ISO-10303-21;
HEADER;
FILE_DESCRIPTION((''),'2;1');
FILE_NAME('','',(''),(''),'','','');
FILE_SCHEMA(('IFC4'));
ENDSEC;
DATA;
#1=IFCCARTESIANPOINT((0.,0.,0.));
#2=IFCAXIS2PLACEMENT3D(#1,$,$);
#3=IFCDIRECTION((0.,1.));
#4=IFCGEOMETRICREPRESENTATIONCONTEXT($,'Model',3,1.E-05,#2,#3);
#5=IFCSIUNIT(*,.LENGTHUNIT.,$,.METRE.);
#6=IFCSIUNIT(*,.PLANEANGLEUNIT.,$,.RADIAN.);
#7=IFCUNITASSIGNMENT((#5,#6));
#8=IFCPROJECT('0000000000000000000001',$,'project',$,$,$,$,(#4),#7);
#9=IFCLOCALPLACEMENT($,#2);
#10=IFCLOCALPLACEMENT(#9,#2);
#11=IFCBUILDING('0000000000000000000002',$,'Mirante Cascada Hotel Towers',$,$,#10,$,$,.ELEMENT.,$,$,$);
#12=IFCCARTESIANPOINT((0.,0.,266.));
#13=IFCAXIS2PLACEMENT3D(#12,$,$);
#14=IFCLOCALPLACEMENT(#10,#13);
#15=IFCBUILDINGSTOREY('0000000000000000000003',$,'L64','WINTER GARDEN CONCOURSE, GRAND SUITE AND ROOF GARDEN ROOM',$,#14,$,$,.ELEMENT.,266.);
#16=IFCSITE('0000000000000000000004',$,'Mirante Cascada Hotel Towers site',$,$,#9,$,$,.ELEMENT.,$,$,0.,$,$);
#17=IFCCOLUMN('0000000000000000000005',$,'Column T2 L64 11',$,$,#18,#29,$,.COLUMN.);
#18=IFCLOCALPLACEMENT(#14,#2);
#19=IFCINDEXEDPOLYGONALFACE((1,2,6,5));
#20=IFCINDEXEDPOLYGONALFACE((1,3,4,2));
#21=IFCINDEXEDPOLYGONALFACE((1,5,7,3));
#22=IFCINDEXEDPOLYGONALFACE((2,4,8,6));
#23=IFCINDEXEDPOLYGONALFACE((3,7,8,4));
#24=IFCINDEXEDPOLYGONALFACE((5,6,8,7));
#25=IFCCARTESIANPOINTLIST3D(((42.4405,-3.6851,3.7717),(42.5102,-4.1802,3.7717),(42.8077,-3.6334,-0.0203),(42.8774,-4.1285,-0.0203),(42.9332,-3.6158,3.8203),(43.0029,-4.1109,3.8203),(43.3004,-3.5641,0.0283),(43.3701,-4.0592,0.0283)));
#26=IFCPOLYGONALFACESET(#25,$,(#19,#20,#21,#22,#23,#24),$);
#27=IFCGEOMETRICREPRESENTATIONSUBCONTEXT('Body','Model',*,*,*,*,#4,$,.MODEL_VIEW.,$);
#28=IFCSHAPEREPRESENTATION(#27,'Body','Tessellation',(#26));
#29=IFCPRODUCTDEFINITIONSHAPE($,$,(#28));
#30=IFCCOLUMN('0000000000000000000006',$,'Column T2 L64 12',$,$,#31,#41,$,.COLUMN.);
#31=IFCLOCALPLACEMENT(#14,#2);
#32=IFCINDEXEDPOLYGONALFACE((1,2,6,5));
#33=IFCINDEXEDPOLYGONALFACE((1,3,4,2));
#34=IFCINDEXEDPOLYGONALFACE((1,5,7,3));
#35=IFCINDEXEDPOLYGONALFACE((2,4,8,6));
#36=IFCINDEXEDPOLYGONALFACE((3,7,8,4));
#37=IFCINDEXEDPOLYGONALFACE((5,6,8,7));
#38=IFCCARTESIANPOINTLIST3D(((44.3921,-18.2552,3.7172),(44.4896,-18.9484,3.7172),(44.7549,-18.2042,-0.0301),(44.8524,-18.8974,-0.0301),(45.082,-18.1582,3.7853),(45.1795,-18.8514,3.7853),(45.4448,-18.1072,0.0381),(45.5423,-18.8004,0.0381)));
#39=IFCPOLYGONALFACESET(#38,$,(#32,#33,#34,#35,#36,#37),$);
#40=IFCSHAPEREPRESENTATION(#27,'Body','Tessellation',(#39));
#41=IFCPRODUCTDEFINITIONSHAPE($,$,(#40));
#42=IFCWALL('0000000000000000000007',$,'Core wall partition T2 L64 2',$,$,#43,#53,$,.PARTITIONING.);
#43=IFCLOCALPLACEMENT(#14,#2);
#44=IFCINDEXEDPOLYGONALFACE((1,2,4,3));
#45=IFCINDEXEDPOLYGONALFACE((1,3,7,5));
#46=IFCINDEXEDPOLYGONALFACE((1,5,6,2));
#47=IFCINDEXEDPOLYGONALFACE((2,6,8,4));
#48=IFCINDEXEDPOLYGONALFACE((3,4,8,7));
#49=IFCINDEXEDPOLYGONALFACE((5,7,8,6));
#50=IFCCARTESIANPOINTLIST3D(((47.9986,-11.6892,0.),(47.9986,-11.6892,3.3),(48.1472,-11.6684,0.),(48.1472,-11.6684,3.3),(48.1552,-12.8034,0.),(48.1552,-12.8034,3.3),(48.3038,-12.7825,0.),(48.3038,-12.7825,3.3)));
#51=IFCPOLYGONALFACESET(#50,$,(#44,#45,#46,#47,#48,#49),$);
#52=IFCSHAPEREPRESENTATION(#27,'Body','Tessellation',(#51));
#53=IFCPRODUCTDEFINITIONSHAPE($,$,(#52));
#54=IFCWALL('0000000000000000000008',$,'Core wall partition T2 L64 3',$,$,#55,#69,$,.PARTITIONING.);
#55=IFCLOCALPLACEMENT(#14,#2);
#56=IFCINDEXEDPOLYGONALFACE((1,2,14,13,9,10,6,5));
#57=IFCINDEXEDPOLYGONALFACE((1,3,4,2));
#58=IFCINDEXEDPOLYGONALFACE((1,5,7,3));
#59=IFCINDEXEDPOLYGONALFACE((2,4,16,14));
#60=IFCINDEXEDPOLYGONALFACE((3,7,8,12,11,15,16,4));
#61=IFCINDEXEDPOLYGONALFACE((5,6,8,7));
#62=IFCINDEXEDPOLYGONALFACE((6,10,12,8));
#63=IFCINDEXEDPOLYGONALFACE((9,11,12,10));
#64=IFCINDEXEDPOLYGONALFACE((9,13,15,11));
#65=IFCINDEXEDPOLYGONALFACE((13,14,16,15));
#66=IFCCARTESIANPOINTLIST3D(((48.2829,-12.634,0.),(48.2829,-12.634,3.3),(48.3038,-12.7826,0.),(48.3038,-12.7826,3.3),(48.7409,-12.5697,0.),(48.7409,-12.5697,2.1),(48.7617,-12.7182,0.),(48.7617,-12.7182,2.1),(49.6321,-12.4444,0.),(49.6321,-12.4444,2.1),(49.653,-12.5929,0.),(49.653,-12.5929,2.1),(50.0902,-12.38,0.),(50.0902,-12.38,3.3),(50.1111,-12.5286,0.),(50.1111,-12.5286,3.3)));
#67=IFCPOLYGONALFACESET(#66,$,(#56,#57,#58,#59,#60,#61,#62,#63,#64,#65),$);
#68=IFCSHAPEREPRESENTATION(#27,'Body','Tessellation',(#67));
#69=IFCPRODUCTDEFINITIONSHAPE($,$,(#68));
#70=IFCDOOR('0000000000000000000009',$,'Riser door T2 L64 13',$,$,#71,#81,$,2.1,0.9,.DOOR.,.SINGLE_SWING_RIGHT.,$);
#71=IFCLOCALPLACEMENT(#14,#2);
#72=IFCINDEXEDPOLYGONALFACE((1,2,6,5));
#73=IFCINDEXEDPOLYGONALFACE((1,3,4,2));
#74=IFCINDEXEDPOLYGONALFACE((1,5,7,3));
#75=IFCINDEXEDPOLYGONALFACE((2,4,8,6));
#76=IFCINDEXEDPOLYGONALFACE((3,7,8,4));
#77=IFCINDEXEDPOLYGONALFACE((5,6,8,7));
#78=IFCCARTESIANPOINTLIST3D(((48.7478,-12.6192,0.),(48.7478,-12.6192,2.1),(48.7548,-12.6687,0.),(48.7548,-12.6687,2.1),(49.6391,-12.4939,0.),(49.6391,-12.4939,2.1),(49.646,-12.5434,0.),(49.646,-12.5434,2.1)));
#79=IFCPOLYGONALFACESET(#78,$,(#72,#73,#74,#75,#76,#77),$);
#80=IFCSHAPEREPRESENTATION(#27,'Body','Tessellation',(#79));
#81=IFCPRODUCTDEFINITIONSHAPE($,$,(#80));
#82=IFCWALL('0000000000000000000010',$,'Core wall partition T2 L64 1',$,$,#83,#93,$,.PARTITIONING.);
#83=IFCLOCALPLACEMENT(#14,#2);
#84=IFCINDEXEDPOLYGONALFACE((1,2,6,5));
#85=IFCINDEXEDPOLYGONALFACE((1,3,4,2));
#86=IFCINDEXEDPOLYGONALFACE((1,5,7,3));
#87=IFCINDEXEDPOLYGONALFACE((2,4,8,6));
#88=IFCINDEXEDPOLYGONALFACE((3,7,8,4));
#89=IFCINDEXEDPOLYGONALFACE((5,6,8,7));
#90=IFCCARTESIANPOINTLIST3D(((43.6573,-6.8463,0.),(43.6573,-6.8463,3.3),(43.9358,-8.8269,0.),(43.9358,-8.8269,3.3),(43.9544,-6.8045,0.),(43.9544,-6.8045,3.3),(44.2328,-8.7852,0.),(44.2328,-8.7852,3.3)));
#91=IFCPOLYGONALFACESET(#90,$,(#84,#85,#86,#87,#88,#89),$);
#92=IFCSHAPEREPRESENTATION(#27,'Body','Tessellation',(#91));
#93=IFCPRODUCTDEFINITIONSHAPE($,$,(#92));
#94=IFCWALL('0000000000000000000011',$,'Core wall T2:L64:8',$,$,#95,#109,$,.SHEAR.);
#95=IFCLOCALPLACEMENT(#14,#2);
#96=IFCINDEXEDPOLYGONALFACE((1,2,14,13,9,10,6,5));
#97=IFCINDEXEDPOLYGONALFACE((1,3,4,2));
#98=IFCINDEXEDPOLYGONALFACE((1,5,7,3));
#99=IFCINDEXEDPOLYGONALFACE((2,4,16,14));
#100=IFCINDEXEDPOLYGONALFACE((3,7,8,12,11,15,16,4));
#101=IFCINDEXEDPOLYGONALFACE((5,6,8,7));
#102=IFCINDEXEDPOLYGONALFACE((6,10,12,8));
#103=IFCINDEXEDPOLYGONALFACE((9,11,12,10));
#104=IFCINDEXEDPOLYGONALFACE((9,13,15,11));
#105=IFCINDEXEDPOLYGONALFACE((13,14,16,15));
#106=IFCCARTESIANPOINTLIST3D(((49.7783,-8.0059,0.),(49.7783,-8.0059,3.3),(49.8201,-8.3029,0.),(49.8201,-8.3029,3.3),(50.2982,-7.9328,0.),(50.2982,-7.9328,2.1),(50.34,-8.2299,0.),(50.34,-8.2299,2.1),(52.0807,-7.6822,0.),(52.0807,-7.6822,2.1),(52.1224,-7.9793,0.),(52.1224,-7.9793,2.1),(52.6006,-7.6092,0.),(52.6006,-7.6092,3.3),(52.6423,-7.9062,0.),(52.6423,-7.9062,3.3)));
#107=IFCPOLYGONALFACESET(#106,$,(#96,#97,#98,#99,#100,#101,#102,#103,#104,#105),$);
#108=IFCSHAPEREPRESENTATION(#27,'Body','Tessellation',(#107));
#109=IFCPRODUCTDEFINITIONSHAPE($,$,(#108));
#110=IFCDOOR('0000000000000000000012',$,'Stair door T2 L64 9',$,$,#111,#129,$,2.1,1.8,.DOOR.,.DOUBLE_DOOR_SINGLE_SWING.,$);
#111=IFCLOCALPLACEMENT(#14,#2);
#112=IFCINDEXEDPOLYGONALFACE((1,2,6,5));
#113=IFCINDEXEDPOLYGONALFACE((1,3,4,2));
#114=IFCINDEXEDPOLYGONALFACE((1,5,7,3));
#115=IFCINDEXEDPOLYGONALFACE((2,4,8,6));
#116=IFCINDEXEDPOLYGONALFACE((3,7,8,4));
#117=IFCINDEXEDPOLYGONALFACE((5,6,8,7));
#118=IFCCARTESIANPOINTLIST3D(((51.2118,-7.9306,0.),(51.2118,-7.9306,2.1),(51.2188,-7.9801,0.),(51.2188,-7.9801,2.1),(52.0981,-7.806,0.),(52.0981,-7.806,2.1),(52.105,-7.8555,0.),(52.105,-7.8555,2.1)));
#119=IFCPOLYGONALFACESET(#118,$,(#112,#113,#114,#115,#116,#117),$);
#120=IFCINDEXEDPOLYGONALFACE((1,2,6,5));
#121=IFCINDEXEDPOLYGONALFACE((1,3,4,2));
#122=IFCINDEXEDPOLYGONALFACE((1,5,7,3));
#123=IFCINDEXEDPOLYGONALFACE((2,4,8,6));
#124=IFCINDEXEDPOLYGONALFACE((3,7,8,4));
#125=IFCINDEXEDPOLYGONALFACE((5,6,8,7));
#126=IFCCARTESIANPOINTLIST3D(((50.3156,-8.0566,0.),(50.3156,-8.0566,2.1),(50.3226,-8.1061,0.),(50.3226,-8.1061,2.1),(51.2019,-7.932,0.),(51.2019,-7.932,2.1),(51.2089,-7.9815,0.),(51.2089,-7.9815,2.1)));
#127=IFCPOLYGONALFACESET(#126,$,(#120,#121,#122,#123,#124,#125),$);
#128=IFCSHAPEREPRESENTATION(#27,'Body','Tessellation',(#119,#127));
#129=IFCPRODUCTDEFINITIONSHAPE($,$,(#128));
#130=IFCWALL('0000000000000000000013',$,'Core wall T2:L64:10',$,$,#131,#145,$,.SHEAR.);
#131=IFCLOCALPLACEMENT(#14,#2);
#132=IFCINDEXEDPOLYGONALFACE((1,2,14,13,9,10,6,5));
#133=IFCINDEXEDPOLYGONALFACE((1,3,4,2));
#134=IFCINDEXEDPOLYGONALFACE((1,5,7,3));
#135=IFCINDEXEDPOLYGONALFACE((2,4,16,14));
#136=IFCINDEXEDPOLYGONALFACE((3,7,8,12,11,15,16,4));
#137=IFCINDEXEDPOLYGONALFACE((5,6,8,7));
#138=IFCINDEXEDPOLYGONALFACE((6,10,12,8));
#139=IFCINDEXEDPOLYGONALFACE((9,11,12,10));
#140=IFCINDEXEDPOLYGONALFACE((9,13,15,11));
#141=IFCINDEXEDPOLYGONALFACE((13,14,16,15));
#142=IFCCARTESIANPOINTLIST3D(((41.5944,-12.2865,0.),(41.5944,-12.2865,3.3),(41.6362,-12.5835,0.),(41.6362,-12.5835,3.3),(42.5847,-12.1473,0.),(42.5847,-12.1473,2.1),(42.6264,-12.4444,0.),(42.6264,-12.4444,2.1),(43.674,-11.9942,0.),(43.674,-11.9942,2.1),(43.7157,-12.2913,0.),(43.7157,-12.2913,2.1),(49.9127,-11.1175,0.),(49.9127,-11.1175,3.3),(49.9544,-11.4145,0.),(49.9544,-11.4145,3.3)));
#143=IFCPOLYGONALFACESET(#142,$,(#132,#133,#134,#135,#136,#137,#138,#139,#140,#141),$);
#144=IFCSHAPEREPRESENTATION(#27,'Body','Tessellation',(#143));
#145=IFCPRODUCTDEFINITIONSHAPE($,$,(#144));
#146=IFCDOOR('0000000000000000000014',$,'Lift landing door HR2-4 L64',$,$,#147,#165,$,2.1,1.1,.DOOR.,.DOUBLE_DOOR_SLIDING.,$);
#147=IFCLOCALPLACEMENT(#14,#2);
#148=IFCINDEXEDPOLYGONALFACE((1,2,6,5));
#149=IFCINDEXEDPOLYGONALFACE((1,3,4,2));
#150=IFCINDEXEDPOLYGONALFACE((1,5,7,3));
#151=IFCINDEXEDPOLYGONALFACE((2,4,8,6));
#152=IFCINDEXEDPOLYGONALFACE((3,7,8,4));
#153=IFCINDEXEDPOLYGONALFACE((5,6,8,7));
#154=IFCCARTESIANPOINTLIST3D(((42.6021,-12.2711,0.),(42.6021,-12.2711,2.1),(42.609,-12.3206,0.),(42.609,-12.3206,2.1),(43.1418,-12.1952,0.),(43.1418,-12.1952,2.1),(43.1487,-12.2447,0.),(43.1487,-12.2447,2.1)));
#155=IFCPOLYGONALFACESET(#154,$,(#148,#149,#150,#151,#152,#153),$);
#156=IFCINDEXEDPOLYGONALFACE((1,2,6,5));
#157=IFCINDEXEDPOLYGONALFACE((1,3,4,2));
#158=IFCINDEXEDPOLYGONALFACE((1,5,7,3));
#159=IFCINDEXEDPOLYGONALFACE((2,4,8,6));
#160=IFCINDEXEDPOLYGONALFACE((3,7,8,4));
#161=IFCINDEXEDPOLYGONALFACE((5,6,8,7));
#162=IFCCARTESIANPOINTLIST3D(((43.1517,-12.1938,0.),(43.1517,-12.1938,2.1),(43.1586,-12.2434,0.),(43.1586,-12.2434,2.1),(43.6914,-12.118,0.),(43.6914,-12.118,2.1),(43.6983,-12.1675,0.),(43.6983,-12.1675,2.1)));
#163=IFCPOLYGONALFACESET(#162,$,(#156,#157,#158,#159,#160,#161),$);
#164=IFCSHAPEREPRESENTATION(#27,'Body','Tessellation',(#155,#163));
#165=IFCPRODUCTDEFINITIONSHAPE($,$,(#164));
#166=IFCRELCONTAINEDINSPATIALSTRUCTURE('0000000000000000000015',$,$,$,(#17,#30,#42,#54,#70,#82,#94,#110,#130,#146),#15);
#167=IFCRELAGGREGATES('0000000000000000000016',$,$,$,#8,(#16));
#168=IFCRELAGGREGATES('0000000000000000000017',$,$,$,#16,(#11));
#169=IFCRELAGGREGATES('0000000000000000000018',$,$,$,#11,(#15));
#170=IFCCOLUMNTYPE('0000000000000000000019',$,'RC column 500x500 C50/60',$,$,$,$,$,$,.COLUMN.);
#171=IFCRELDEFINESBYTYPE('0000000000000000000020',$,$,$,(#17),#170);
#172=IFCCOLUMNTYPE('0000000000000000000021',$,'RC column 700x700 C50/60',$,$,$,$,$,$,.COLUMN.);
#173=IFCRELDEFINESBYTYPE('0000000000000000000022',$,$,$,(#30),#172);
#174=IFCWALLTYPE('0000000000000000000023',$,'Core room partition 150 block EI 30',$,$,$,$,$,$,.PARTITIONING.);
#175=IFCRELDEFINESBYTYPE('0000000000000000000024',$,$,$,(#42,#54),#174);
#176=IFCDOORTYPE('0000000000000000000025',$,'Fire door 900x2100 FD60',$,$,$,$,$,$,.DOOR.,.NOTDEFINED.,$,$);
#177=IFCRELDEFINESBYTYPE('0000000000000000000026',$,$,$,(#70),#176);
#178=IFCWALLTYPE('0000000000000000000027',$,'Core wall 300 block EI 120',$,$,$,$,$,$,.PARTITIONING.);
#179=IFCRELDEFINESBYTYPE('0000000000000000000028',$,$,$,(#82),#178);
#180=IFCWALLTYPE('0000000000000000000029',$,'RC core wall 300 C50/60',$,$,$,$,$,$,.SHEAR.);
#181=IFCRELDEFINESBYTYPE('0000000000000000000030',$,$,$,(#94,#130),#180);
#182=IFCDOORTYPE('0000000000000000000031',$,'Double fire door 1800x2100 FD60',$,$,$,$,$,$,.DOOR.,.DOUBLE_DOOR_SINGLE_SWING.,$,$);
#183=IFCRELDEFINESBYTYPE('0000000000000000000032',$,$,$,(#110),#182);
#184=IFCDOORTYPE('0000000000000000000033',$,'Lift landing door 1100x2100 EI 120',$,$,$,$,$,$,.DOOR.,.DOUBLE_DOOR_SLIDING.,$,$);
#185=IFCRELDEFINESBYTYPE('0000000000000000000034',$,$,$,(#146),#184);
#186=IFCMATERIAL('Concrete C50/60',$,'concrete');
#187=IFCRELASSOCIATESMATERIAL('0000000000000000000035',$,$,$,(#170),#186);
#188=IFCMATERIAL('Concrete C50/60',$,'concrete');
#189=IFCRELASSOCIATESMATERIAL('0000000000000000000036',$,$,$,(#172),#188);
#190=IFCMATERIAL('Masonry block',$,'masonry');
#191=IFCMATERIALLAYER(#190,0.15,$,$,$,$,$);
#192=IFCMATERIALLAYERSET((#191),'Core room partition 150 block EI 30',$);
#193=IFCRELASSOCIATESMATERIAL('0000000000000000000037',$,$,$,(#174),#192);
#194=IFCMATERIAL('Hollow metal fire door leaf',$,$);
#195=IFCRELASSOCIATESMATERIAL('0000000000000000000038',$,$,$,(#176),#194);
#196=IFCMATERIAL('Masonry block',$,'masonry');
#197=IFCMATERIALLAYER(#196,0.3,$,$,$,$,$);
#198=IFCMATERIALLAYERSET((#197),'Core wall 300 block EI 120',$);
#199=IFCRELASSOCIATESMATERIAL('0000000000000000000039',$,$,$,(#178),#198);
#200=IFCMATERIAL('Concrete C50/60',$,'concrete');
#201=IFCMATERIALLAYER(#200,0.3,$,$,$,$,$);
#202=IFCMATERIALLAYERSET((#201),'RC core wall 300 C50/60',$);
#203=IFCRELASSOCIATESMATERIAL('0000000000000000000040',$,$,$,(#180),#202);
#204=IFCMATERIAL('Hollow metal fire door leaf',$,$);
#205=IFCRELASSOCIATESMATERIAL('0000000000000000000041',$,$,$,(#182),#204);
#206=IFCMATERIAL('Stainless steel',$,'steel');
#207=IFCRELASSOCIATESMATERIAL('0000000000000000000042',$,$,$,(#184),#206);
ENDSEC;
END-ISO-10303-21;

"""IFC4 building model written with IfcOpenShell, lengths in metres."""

from ifc_helpers import new_model, si_unit, direction, frame, frame_2d, origin, origin_2d, place, context, subcontext, project, spatial, rectangle, extrude, material, layer, layer_set, material_profile, profile_set, type_object, element, fill, save


model = new_model("IFC4")

# Units and contexts
model_context = context("Model", 3, precision=1e-05, world=origin(), true_north=direction((0.0, 1.0)))
body_context = subcontext(model_context, "Body", "Model", "MODEL_VIEW")
ifc_project = project(units=[si_unit("LENGTHUNIT", "METRE"), si_unit("PLANEANGLEUNIT", "RADIAN")], contexts=[model_context])

# Site, building, storey
site_placement = place(None, origin())
site = spatial("IfcSite", under=ifc_project, at=site_placement, Name="Mirante Cascada Hotel Towers site", CompositionType="ELEMENT", RefElevation=0.0)
building_placement = place(site_placement, origin())
building = spatial("IfcBuilding", under=site, at=building_placement, Name="Mirante Cascada Hotel Towers", CompositionType="ELEMENT")
storey_placement = place(building_placement, frame((0.0, 0.0, 266.0)))
storey = spatial("IfcBuildingStorey", under=building, at=storey_placement, Name="L64", Description="WINTER GARDEN CONCOURSE, GRAND SUITE AND ROOF GARDEN ROOM", CompositionType="ELEMENT", Elevation=266.0)

# Columns
ifc_material_1 = material(Name="Concrete C50/60", Category="concrete")
ifc_material_profile_1 = material_profile(ifc_material_1, rectangle(XDim=0.5, YDim=0.5, at=origin_2d()), Name="RC column 500x500 C50/60")
ifc_profile_set_1 = profile_set([ifc_material_profile_1], Name="Concrete C50/60")
column_type_1 = type_object("IfcColumnType", Name="RC column 500x500 C50/60", PredefinedType="COLUMN", material=ifc_profile_set_1)
column_1_placement = place(storey_placement, frame((43.0889, -3.8463, 0.004), z_axis=(-0.096376, -0.013569, 0.995252), x_axis=(0.13942, -0.990233, 0.0)))
element("IfcColumn", 1, at=column_1_placement, inside=storey, type_object=column_type_1, Name="Column T2 L64 11", PredefinedType="COLUMN", context=body_context, shape_type="SweptSolid", body=[
    extrude(rectangle(XDim=0.5, YDim=0.5, at=origin_2d()), origin(), (0.0, 0.0, 1.0), 3.8101),
])
ifc_material_2 = material(Name="Concrete C50/60", Category="concrete")
ifc_material_profile_2 = material_profile(ifc_material_2, rectangle(XDim=0.7, YDim=0.7, at=origin_2d()), Name="RC column 700x700 C50/60")
ifc_profile_set_2 = profile_set([ifc_material_profile_2], Name="Concrete C50/60")
column_type_2 = type_object("IfcColumnType", Name="RC column 700x700 C50/60", PredefinedType="COLUMN", material=ifc_profile_set_2)
column_2_placement = place(storey_placement, frame((45.1486, -18.5023, 0.004), z_axis=(-0.09636, -0.013546, 0.995254), x_axis=(0.139205, -0.990264, 0.0)))
element("IfcColumn", 2, at=column_2_placement, inside=storey, type_object=column_type_2, Name="Column T2 L64 12", PredefinedType="COLUMN", context=body_context, shape_type="SweptSolid", body=[
    extrude(rectangle(XDim=0.7, YDim=0.7, at=origin_2d()), origin(), (0.0, 0.0, 1.0), 3.7651),
])

# Wall
ifc_material_3 = material(Name="Masonry block", Category="masonry")
ifc_layer_1 = layer(ifc_material_3, 0.15)
ifc_layer_set_1 = layer_set([ifc_layer_1], Name="Core room partition 150 block EI 30")
wall_type_1 = type_object("IfcWallType", Name="Core room partition 150 block EI 30", PredefinedType="PARTITIONING", material=ifc_layer_set_1)
wall_1_placement = place(storey_placement, frame((48.2295, -12.793, 0.0), z_axis=(0.0, 0.0, 1.0), x_axis=(-0.139193, 0.990265, 0.0)))
element("IfcWall", 3, at=wall_1_placement, inside=storey, type_object=wall_type_1, Name="Core wall partition T2 L64 2", PredefinedType="PARTITIONING", context=body_context, shape_type="SweptSolid", body=[
    extrude(rectangle(XDim=1.1251, YDim=0.15, at=frame_2d((0.5626, 0.0))), origin(), (0.0, 0.0, 1.0), 3.3),
])

# Wall, opening, door
wall_2_placement = place(storey_placement, frame((48.2933, -12.7083, 0.0), z_axis=(0.0, 0.0, 1.0), x_axis=(0.990268, 0.139173, 0.0)))
wall_2 = element("IfcWall", 4, at=wall_2_placement, inside=storey, type_object=wall_type_1, Name="Core wall partition T2 L64 3", PredefinedType="PARTITIONING", context=body_context, shape_type="SweptSolid", body=[
    extrude(rectangle(XDim=1.8251, YDim=0.15, at=frame_2d((0.9126, 0.0))), origin(), (0.0, 0.0, 1.0), 3.3),
])
opening_1_placement = place(wall_2_placement, frame((0.4625, 0.0, 0.0)))
opening_1 = element("IfcOpeningElement", 5, at=opening_1_placement, cuts=wall_2, PredefinedType="OPENING", context=body_context, shape_type="SweptSolid", body=[
    extrude(rectangle(XDim=0.9, YDim=2.1, at=frame_2d((0.45, 1.05))), frame((0.0, 0.075, 0.0), z_axis=(0.0, -1.0, 0.0), x_axis=(1.0, 0.0, 0.0)), (0.0, 0.0, 1.0), 0.15),
])
ifc_material_4 = material(Name="Hollow metal fire door leaf")
door_type_1 = type_object("IfcDoorType", Name="Fire door 900x2100 FD60", OperationType="NOTDEFINED", PredefinedType="DOOR", material=ifc_material_4)
door_1_placement = place(opening_1_placement, frame((0.9, 0.0, 0.0), z_axis=(0.0, 0.0, 1.0), x_axis=(-1.0, 0.0, 0.0)))
door_1 = element("IfcDoor", 6, at=door_1_placement, inside=storey, type_object=door_type_1, Name="Riser door T2 L64 13", OperationType="SINGLE_SWING_RIGHT", OverallHeight=2.1, OverallWidth=0.9, PredefinedType="DOOR", context=body_context, shape_type="SweptSolid", body=[
    extrude(rectangle(XDim=0.9, YDim=2.1, at=frame_2d((0.45, 1.05))), frame((0.0, 0.025, 0.0), z_axis=(0.0, -1.0, 0.0), x_axis=(1.0, 0.0, 0.0)), (0.0, 0.0, 1.0), 0.05),
])
fill(opening_1, door_1)

# Wall
ifc_material_5 = material(Name="Masonry block", Category="masonry")
ifc_layer_2 = layer(ifc_material_5, 0.3)
ifc_layer_set_2 = layer_set([ifc_layer_2], Name="Core wall 300 block EI 120")
wall_type_2 = type_object("IfcWallType", Name="Core wall 300 block EI 120", PredefinedType="PARTITIONING", material=ifc_layer_set_2)
wall_3_placement = place(storey_placement, frame((44.0843, -8.8061, 0.0), z_axis=(0.0, 0.0, 1.0), x_axis=(-0.139195, 0.990265, 0.0)))
element("IfcWall", 7, at=wall_3_placement, inside=storey, type_object=wall_type_2, Name="Core wall partition T2 L64 1", PredefinedType="PARTITIONING", context=body_context, shape_type="SweptSolid", body=[
    extrude(rectangle(XDim=2.0001, YDim=0.3, at=frame_2d((1.0001, 0.0))), origin(), (0.0, 0.0, 1.0), 3.3),
])

# Walls, openings, doors
ifc_material_6 = material(Name="Concrete C50/60", Category="concrete")
ifc_layer_3 = layer(ifc_material_6, 0.3)
ifc_layer_set_3 = layer_set([ifc_layer_3], Name="RC core wall 300 C50/60")
wall_type_3 = type_object("IfcWallType", Name="RC core wall 300 C50/60", PredefinedType="SHEAR", material=ifc_layer_set_3)
wall_4_placement = place(storey_placement, frame((49.7992, -8.1544, 0.0), z_axis=(0.0, 0.0, 1.0), x_axis=(0.990266, 0.139191, 0.0)))
wall_4 = element("IfcWall", 8, at=wall_4_placement, inside=storey, type_object=wall_type_3, Name="Core wall T2:L64:8", PredefinedType="SHEAR", context=body_context, shape_type="SweptSolid", body=[
    extrude(rectangle(XDim=2.85, YDim=0.3, at=frame_2d((1.425, 0.0))), origin(), (0.0, 0.0, 1.0), 3.3),
])
opening_2_placement = place(wall_4_placement, frame((0.525, 0.0, 0.0)))
opening_2 = element("IfcOpeningElement", 9, at=opening_2_placement, cuts=wall_4, PredefinedType="OPENING", context=body_context, shape_type="SweptSolid", body=[
    extrude(rectangle(XDim=1.8, YDim=2.1, at=frame_2d((0.9, 1.05))), frame((0.0, 0.15, 0.0), z_axis=(0.0, -1.0, 0.0), x_axis=(1.0, 0.0, 0.0)), (0.0, 0.0, 1.0), 0.3),
])
ifc_material_7 = material(Name="Hollow metal fire door leaf")
door_type_2 = type_object("IfcDoorType", Name="Double fire door 1800x2100 FD60", OperationType="DOUBLE_DOOR_SINGLE_SWING", PredefinedType="DOOR", material=ifc_material_7)
door_2_placement = place(opening_2_placement, frame((1.8, 0.0, 0.0), z_axis=(0.0, 0.0, 1.0), x_axis=(-1.0, 0.0, 0.0)))
door_2 = element("IfcDoor", 10, at=door_2_placement, inside=storey, type_object=door_type_2, Name="Stair door T2 L64 9", OperationType="DOUBLE_DOOR_SINGLE_SWING", OverallHeight=2.1, OverallWidth=1.8, PredefinedType="DOOR", context=body_context, shape_type="SweptSolid", body=[
    extrude(rectangle(XDim=0.895, YDim=2.1, at=frame_2d((0.4475, 1.05))), frame((0.0, 0.025, 0.0), z_axis=(0.0, -1.0, 0.0), x_axis=(1.0, 0.0, 0.0)), (0.0, 0.0, 1.0), 0.05),
    extrude(rectangle(XDim=0.895, YDim=2.1, at=frame_2d((1.3525, 1.05))), frame((0.0, 0.025, 0.0), z_axis=(0.0, -1.0, 0.0), x_axis=(1.0, 0.0, 0.0)), (0.0, 0.0, 1.0), 0.05),
])
fill(opening_2, door_2)
wall_5_placement = place(storey_placement, frame((41.6153, -12.435, 0.0), z_axis=(0.0, 0.0, 1.0), x_axis=(0.990269, 0.139166, 0.0)))
wall_5 = element("IfcWall", 11, at=wall_5_placement, inside=storey, type_object=wall_type_3, Name="Core wall T2:L64:10", PredefinedType="SHEAR", context=body_context, shape_type="SweptSolid", body=[
    extrude(rectangle(XDim=8.4, YDim=0.3, at=frame_2d((4.2, 0.0))), origin(), (0.0, 0.0, 1.0), 3.3),
])
opening_3_placement = place(wall_5_placement, frame((1.0, 0.0, 0.0)))
opening_3 = element("IfcOpeningElement", 12, at=opening_3_placement, cuts=wall_5, PredefinedType="OPENING", context=body_context, shape_type="SweptSolid", body=[
    extrude(rectangle(XDim=1.1, YDim=2.1, at=frame_2d((0.55, 1.05))), frame((0.0, 0.15, 0.0), z_axis=(0.0, -1.0, 0.0), x_axis=(1.0, 0.0, 0.0)), (0.0, 0.0, 1.0), 0.3),
])
ifc_material_8 = material(Name="Stainless steel", Category="steel")
door_type_3 = type_object("IfcDoorType", Name="Lift landing door 1100x2100 EI 120", OperationType="DOUBLE_DOOR_SLIDING", PredefinedType="DOOR", material=ifc_material_8)
door_3_placement = place(opening_3_placement, origin())
door_3 = element("IfcDoor", 13, at=door_3_placement, inside=storey, type_object=door_type_3, Name="Lift landing door HR2-4 L64", OperationType="DOUBLE_DOOR_SLIDING", OverallHeight=2.1, OverallWidth=1.1, PredefinedType="DOOR", context=body_context, shape_type="SweptSolid", body=[
    extrude(rectangle(XDim=0.545, YDim=2.1, at=frame_2d((0.2725, 1.05))), frame((0.0, 0.025, 0.0), z_axis=(0.0, -1.0, 0.0), x_axis=(1.0, 0.0, 0.0)), (0.0, 0.0, 1.0), 0.05),
    extrude(rectangle(XDim=0.545, YDim=2.1, at=frame_2d((0.8275, 1.05))), frame((0.0, 0.025, 0.0), z_axis=(0.0, -1.0, 0.0), x_axis=(1.0, 0.0, 0.0)), (0.0, 0.0, 1.0), 0.05),
])
fill(opening_3, door_3)

save(model, "model.ifc")
